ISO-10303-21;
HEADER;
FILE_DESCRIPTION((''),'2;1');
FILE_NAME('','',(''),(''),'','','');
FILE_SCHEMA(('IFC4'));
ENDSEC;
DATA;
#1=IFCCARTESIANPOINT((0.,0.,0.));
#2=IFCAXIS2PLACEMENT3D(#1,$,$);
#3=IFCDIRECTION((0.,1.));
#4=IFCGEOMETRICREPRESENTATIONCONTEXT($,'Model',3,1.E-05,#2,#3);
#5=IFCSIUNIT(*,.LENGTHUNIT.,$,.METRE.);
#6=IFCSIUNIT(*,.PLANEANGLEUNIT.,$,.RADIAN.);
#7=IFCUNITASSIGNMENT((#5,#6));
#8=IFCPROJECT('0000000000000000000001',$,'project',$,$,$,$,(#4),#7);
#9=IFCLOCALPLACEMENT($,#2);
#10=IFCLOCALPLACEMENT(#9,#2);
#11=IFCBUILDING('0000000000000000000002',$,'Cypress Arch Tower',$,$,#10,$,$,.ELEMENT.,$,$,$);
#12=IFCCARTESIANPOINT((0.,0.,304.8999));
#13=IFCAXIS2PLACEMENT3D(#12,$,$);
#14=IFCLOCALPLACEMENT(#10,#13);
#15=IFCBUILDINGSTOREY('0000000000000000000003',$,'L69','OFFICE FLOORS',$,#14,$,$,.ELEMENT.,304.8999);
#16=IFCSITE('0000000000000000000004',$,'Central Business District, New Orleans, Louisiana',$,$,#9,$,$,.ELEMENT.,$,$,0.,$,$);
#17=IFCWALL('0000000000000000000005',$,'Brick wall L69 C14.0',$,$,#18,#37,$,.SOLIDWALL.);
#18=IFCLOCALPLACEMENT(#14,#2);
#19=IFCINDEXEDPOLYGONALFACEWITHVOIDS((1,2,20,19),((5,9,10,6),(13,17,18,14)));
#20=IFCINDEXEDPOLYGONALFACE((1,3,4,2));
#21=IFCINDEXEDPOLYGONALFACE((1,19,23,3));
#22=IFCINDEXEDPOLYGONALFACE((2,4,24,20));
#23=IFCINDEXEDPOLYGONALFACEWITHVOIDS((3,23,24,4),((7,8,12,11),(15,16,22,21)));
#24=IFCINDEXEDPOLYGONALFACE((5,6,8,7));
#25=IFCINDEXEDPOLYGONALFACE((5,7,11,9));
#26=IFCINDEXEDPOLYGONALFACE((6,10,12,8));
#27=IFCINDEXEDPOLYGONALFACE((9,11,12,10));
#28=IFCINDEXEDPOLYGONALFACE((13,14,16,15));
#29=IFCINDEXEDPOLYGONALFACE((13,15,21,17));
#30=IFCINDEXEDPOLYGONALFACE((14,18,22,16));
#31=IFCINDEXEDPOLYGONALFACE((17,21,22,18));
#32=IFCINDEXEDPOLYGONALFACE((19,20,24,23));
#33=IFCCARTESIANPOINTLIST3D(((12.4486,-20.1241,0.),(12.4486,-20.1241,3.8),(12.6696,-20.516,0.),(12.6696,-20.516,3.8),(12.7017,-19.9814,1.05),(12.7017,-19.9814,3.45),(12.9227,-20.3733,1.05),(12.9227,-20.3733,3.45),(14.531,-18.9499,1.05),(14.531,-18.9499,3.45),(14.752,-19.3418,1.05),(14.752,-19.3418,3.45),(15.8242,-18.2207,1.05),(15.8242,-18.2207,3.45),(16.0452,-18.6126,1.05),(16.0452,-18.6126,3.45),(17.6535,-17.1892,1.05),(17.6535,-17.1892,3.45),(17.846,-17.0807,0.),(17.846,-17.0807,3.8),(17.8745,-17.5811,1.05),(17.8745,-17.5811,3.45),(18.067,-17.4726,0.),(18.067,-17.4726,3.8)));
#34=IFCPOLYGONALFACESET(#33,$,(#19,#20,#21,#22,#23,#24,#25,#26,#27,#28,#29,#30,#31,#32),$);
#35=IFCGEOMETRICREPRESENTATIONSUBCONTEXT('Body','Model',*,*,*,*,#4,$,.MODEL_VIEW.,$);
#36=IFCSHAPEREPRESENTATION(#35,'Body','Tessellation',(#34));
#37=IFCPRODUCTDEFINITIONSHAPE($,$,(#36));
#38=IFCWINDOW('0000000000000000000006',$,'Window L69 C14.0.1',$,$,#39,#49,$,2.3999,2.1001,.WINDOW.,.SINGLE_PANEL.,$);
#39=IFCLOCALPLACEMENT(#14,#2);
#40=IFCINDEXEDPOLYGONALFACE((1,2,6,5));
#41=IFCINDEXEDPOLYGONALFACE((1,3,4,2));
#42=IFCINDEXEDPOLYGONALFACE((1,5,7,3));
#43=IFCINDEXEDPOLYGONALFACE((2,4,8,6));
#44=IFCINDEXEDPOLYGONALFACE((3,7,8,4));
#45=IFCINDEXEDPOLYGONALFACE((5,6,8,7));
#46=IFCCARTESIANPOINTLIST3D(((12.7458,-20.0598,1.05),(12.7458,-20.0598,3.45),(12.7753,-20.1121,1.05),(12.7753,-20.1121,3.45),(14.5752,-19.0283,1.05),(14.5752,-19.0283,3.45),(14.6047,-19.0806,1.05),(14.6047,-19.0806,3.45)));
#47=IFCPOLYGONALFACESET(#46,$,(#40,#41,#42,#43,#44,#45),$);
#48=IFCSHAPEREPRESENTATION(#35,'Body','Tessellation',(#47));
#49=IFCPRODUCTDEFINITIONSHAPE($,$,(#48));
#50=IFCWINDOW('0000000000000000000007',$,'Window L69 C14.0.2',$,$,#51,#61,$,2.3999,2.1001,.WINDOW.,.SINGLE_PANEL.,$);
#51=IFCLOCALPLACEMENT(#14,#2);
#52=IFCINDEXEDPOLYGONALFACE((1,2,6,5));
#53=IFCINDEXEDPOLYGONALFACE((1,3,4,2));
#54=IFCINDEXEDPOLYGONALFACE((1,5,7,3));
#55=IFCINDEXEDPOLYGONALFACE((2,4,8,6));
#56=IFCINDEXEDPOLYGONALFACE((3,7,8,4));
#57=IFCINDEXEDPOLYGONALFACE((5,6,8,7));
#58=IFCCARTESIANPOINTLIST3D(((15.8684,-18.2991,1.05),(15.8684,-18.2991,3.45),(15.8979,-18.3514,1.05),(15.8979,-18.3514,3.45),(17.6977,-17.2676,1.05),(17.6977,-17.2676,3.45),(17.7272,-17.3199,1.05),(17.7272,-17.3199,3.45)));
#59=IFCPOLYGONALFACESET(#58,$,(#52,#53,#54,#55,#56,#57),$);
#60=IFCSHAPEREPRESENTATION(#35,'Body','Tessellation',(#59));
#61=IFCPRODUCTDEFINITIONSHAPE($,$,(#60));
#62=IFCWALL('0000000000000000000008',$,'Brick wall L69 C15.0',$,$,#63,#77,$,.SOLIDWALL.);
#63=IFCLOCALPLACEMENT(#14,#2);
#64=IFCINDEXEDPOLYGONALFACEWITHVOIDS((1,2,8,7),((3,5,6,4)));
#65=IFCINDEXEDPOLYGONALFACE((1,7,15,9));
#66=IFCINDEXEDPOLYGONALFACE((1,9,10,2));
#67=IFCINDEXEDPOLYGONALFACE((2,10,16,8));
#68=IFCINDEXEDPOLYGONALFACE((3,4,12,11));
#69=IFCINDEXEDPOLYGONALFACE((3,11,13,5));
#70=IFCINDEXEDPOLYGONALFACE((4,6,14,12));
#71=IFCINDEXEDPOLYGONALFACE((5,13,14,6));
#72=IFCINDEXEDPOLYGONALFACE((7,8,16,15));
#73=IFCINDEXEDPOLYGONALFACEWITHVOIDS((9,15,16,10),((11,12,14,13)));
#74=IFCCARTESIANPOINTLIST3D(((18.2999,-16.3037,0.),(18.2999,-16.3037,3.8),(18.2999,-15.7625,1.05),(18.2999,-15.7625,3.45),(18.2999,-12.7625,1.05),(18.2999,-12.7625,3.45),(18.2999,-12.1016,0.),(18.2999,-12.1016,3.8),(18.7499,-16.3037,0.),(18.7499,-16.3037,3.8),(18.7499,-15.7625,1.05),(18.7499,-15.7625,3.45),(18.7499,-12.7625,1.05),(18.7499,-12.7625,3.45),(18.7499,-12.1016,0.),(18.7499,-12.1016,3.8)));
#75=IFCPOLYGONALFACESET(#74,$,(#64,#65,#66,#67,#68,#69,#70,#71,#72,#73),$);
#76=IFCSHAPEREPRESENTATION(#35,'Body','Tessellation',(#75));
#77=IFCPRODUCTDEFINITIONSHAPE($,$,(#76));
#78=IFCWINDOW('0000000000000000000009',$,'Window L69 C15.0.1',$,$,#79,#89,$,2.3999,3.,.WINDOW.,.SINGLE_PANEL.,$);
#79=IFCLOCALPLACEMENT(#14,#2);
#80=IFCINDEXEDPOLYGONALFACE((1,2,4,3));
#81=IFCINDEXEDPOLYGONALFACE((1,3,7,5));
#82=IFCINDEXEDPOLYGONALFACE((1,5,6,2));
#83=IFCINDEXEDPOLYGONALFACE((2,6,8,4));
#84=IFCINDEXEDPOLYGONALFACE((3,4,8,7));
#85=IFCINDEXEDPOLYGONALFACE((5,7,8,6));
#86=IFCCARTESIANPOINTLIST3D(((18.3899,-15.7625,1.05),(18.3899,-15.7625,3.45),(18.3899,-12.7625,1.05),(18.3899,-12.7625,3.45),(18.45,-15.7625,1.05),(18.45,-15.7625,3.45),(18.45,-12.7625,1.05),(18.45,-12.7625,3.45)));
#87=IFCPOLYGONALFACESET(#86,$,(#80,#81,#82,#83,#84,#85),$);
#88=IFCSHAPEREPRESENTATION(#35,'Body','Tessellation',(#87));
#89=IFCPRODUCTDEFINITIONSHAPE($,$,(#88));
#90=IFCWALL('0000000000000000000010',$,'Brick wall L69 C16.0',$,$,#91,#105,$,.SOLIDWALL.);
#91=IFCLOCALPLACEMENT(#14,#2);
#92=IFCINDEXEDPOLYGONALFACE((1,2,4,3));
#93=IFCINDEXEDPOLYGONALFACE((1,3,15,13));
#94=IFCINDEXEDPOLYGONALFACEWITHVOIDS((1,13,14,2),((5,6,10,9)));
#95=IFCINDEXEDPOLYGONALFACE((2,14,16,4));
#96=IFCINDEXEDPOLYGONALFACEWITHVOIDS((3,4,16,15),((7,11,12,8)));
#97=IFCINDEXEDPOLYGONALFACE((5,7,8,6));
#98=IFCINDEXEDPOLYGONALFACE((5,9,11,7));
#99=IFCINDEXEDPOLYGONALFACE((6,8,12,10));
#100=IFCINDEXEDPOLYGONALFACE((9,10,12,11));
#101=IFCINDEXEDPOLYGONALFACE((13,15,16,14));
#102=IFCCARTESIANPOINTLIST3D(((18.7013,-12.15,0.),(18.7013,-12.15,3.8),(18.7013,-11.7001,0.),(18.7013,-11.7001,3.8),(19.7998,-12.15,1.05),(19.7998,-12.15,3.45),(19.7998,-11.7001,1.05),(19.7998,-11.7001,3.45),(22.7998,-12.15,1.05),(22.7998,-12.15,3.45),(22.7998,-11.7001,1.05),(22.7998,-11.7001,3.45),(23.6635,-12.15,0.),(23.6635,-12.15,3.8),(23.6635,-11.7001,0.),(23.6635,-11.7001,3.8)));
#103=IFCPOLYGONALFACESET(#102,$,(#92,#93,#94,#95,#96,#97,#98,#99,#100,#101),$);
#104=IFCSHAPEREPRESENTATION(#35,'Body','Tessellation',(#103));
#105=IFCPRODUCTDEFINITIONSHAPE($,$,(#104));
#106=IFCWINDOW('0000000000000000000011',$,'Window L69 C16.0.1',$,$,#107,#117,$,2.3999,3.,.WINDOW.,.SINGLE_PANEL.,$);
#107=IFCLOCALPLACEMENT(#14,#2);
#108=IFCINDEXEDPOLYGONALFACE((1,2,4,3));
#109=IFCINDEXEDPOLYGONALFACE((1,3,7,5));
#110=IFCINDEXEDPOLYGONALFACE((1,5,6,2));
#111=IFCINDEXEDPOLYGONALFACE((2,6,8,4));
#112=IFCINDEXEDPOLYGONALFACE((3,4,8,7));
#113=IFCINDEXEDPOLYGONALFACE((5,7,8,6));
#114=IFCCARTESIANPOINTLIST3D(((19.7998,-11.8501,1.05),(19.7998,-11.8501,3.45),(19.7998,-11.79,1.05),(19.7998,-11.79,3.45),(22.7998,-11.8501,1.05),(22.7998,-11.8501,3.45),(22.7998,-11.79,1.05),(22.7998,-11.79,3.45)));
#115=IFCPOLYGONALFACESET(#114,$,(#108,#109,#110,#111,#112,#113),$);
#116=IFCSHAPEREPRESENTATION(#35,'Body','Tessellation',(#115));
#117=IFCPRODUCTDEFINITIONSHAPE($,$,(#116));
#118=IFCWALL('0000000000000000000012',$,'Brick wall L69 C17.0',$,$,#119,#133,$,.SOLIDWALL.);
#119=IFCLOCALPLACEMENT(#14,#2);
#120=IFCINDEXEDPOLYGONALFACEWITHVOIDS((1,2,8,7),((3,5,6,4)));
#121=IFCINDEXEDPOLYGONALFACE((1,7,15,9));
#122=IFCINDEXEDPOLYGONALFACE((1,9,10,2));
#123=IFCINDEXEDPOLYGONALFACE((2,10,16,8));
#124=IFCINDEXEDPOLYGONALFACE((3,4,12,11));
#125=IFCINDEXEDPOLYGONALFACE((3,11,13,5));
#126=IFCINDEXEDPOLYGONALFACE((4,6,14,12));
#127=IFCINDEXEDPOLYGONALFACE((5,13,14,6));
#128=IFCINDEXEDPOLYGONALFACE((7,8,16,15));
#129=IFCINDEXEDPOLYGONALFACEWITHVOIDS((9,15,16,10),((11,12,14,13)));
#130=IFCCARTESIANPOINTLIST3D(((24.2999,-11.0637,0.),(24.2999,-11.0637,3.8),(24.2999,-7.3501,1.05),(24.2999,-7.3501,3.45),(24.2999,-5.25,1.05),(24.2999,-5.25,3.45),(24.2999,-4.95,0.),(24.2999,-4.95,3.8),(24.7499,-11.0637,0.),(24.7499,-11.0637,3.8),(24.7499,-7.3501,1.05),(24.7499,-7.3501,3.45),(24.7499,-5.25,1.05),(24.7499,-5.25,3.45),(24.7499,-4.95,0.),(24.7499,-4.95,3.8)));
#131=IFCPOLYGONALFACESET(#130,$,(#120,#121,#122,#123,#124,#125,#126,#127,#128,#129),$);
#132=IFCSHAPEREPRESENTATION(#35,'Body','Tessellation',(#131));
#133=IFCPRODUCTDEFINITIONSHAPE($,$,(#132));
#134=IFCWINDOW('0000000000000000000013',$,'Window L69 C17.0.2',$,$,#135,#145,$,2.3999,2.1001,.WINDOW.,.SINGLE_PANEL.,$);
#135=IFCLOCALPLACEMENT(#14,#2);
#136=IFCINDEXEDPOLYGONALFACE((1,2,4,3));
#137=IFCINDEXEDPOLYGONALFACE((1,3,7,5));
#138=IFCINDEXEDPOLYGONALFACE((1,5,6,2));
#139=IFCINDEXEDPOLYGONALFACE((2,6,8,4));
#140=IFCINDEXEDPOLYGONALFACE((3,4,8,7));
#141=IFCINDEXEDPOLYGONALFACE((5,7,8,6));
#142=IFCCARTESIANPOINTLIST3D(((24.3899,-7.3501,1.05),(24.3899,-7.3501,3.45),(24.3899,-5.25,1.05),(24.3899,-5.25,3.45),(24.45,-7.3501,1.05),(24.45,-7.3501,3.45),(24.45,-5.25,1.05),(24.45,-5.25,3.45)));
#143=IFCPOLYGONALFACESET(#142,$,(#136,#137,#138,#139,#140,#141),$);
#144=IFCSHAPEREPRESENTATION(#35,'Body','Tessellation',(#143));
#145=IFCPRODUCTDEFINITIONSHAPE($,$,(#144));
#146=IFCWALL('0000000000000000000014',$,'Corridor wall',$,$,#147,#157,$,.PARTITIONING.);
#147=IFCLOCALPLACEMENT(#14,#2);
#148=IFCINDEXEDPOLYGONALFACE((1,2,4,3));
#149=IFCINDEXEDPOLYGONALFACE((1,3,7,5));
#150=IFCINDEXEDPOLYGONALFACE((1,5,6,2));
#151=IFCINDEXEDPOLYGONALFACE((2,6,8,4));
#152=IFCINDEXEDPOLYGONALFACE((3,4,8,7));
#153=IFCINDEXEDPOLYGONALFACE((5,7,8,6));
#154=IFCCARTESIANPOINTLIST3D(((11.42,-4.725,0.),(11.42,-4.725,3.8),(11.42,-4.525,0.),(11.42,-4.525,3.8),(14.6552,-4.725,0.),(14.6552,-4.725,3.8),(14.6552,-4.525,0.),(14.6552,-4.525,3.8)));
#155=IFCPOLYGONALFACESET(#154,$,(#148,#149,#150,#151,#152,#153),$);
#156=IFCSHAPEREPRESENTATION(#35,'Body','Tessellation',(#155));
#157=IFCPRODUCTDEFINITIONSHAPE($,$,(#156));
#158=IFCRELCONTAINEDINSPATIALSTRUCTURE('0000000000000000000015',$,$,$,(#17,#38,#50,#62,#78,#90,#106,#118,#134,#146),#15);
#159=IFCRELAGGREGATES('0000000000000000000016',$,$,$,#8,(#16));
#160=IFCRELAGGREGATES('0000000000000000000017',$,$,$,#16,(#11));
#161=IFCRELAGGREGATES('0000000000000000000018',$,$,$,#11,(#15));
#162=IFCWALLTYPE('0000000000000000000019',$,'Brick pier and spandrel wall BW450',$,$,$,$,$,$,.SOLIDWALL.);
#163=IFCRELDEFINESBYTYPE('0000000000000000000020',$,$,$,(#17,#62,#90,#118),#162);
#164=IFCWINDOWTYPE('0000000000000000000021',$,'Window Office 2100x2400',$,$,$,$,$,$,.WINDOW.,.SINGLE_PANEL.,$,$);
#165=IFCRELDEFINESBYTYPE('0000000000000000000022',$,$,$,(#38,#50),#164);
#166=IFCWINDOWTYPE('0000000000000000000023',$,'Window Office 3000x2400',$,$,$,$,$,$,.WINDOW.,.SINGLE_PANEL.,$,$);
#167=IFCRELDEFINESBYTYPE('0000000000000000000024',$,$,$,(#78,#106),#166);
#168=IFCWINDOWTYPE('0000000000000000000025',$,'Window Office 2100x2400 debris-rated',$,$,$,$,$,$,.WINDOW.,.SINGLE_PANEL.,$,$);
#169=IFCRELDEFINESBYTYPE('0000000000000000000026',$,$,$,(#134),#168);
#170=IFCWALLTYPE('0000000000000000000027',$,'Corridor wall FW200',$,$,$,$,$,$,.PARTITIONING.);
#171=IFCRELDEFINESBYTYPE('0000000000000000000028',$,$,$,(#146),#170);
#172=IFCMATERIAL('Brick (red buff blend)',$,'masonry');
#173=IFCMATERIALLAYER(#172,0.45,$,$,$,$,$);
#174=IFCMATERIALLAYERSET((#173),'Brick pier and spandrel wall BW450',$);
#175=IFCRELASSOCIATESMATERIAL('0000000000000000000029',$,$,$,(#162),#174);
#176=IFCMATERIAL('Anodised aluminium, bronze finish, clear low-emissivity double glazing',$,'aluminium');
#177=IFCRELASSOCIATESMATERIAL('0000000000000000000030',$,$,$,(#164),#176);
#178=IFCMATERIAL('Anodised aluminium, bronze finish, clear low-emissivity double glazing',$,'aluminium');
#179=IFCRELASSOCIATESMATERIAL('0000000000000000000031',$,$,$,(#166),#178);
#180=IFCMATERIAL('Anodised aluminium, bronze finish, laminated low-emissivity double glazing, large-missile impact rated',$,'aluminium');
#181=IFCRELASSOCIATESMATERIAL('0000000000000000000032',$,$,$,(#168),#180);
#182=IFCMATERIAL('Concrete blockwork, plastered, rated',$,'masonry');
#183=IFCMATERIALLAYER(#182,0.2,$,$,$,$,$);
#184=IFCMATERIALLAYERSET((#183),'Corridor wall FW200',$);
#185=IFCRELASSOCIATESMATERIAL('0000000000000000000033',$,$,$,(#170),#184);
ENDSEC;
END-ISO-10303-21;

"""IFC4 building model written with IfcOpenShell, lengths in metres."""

from ifc_helpers import new_model, si_unit, direction, frame, frame_2d, origin, place, context, subcontext, project, spatial, rectangle, extrude, material, layer, layer_set, type_object, element, fill, save


model = new_model("IFC4")

# Units and contexts
model_context = context("Model", 3, precision=1e-05, world=origin(), true_north=direction((0.0, 1.0)))
body_context = subcontext(model_context, "Body", "Model", "MODEL_VIEW")
ifc_project = project(units=[si_unit("LENGTHUNIT", "METRE"), si_unit("PLANEANGLEUNIT", "RADIAN")], contexts=[model_context])

# Site, building, storey
site_placement = place(None, origin())
site = spatial("IfcSite", under=ifc_project, at=site_placement, Name="Central Business District, New Orleans, Louisiana", CompositionType="ELEMENT", RefElevation=0.0)
building_placement = place(site_placement, origin())
building = spatial("IfcBuilding", under=site, at=building_placement, Name="Cypress Arch Tower", CompositionType="ELEMENT")
storey_placement = place(building_placement, frame((0.0, 0.0, 304.8999)))
storey = spatial("IfcBuildingStorey", under=building, at=storey_placement, Name="L69", Description="OFFICE FLOORS", CompositionType="ELEMENT", Elevation=304.8999)

# Wall, openings, windows
ifc_material_1 = material(Name="Brick (red buff blend)", Category="masonry")
ifc_layer_1 = layer(ifc_material_1, 0.45)
ifc_layer_set_1 = layer_set([ifc_layer_1], Name="Brick pier and spandrel wall BW450")
wall_type_1 = type_object("IfcWallType", Name="Brick pier and spandrel wall BW450", PredefinedType="SOLIDWALL", material=ifc_layer_set_1)
wall_1_placement = place(storey_placement, frame((12.5591, -20.3201, 0.0), z_axis=(0.0, 0.0, 1.0), x_axis=(0.871066, 0.491166, 0.0)))
wall_1 = element("IfcWall", 1, at=wall_1_placement, inside=storey, type_object=wall_type_1, Name="Brick wall L69 C14.0", PredefinedType="SOLIDWALL", context=body_context, shape_type="SweptSolid", body=[
    extrude(rectangle(XDim=6.1963, YDim=0.45, at=frame_2d((3.0981, 0.0))), origin(), (0.0, 0.0, 1.0), 3.8),
])
opening_1_placement = place(wall_1_placement, frame((0.2905, 0.0, 1.05)))
opening_1 = element("IfcOpeningElement", 2, at=opening_1_placement, cuts=wall_1, PredefinedType="OPENING", context=body_context, shape_type="SweptSolid", body=[
    extrude(rectangle(XDim=2.1001, YDim=2.3999, at=frame_2d((1.05, 1.2))), frame((0.0, 0.2349, 0.0), z_axis=(0.0, -1.0, 0.0), x_axis=(1.0, 0.0, 0.0)), (0.0, 0.0, 1.0), 0.47),
])
opening_2_placement = place(wall_1_placement, frame((3.8752, 0.0, 1.05)))
opening_2 = element("IfcOpeningElement", 3, at=opening_2_placement, cuts=wall_1, PredefinedType="OPENING", context=body_context, shape_type="SweptSolid", body=[
    extrude(rectangle(XDim=2.1001, YDim=2.3999, at=frame_2d((1.05, 1.2))), frame((0.0, 0.2349, 0.0), z_axis=(0.0, -1.0, 0.0), x_axis=(1.0, 0.0, 0.0)), (0.0, 0.0, 1.0), 0.47),
])
ifc_material_2 = material(Name="Anodised aluminium, bronze finish, clear low-emissivity double glazing", Category="aluminium")
window_type_1 = type_object("IfcWindowType", Name="Window Office 2100x2400", PartitioningType="SINGLE_PANEL", PredefinedType="WINDOW", material=ifc_material_2)
window_1_placement = place(opening_1_placement, origin())
window_1 = element("IfcWindow", 4, at=window_1_placement, inside=storey, type_object=window_type_1, Name="Window L69 C14.0.1", OverallHeight=2.3999, OverallWidth=2.1001, PartitioningType="SINGLE_PANEL", PredefinedType="WINDOW", context=body_context, shape_type="SweptSolid", body=[
    extrude(rectangle(XDim=2.1001, YDim=2.3999, at=frame_2d((1.05, 1.2))), frame((0.0, 0.135, 0.0), z_axis=(0.0, -1.0, 0.0), x_axis=(1.0, 0.0, 0.0)), (0.0, 0.0, 1.0), 0.0601),
])
fill(opening_1, window_1)
window_2_placement = place(opening_2_placement, origin())
window_2 = element("IfcWindow", 5, at=window_2_placement, inside=storey, type_object=window_type_1, Name="Window L69 C14.0.2", OverallHeight=2.3999, OverallWidth=2.1001, PartitioningType="SINGLE_PANEL", PredefinedType="WINDOW", context=body_context, shape_type="SweptSolid", body=[
    extrude(rectangle(XDim=2.1001, YDim=2.3999, at=frame_2d((1.05, 1.2))), frame((0.0, 0.135, 0.0), z_axis=(0.0, -1.0, 0.0), x_axis=(1.0, 0.0, 0.0)), (0.0, 0.0, 1.0), 0.0601),
])
fill(opening_2, window_2)

# Walls, openings, windows
wall_2_placement = place(storey_placement, frame((18.5249, -16.3037, 0.0), z_axis=(0.0, 0.0, 1.0), x_axis=(0.0, 1.0, 0.0)))
wall_2 = element("IfcWall", 6, at=wall_2_placement, inside=storey, type_object=wall_type_1, Name="Brick wall L69 C15.0", PredefinedType="SOLIDWALL", context=body_context, shape_type="SweptSolid", body=[
    extrude(rectangle(XDim=4.2021, YDim=0.45, at=frame_2d((2.1011, 0.0))), origin(), (0.0, 0.0, 1.0), 3.8),
])
opening_3_placement = place(wall_2_placement, frame((0.5413, 0.0, 1.05)))
opening_3 = element("IfcOpeningElement", 7, at=opening_3_placement, cuts=wall_2, PredefinedType="OPENING", context=body_context, shape_type="SweptSolid", body=[
    extrude(rectangle(XDim=3.0, YDim=2.3999, at=frame_2d((1.5, 1.2))), frame((0.0, 0.2349, 0.0), z_axis=(0.0, -1.0, 0.0), x_axis=(1.0, 0.0, 0.0)), (0.0, 0.0, 1.0), 0.47),
])
ifc_material_3 = material(Name="Anodised aluminium, bronze finish, clear low-emissivity double glazing", Category="aluminium")
window_type_2 = type_object("IfcWindowType", Name="Window Office 3000x2400", PartitioningType="SINGLE_PANEL", PredefinedType="WINDOW", material=ifc_material_3)
window_3_placement = place(opening_3_placement, origin())
window_3 = element("IfcWindow", 8, at=window_3_placement, inside=storey, type_object=window_type_2, Name="Window L69 C15.0.1", OverallHeight=2.3999, OverallWidth=3.0, PartitioningType="SINGLE_PANEL", PredefinedType="WINDOW", context=body_context, shape_type="SweptSolid", body=[
    extrude(rectangle(XDim=3.0, YDim=2.3999, at=frame_2d((1.5, 1.2))), frame((0.0, 0.135, 0.0), z_axis=(0.0, -1.0, 0.0), x_axis=(1.0, 0.0, 0.0)), (0.0, 0.0, 1.0), 0.0601),
])
fill(opening_3, window_3)
wall_3_placement = place(storey_placement, frame((18.7014, -11.925, 0.0), z_axis=(0.0, 0.0, 1.0), x_axis=(1.0, 0.0, 0.0)))
wall_3 = element("IfcWall", 9, at=wall_3_placement, inside=storey, type_object=wall_type_1, Name="Brick wall L69 C16.0", PredefinedType="SOLIDWALL", context=body_context, shape_type="SweptSolid", body=[
    extrude(rectangle(XDim=4.9622, YDim=0.45, at=frame_2d((2.481, 0.0))), origin(), (0.0, 0.0, 1.0), 3.8),
])
opening_4_placement = place(wall_3_placement, frame((1.0984, 0.0, 1.05)))
opening_4 = element("IfcOpeningElement", 10, at=opening_4_placement, cuts=wall_3, PredefinedType="OPENING", context=body_context, shape_type="SweptSolid", body=[
    extrude(rectangle(XDim=3.0, YDim=2.3999, at=frame_2d((1.5, 1.2))), frame((0.0, 0.2349, 0.0), z_axis=(0.0, -1.0, 0.0), x_axis=(1.0, 0.0, 0.0)), (0.0, 0.0, 1.0), 0.47),
])
window_4_placement = place(opening_4_placement, origin())
window_4 = element("IfcWindow", 11, at=window_4_placement, inside=storey, type_object=window_type_2, Name="Window L69 C16.0.1", OverallHeight=2.3999, OverallWidth=3.0, PartitioningType="SINGLE_PANEL", PredefinedType="WINDOW", context=body_context, shape_type="SweptSolid", body=[
    extrude(rectangle(XDim=3.0, YDim=2.3999, at=frame_2d((1.5, 1.2))), frame((0.0, 0.135, 0.0), z_axis=(0.0, -1.0, 0.0), x_axis=(1.0, 0.0, 0.0)), (0.0, 0.0, 1.0), 0.0601),
])
fill(opening_4, window_4)
wall_4_placement = place(storey_placement, frame((24.5249, -11.0637, 0.0), z_axis=(0.0, 0.0, 1.0), x_axis=(0.0, 1.0, 0.0)))
wall_4 = element("IfcWall", 12, at=wall_4_placement, inside=storey, type_object=wall_type_1, Name="Brick wall L69 C17.0", PredefinedType="SOLIDWALL", context=body_context, shape_type="SweptSolid", body=[
    extrude(rectangle(XDim=6.1138, YDim=0.45, at=frame_2d((3.0569, 0.0))), origin(), (0.0, 0.0, 1.0), 3.8),
])
opening_5_placement = place(wall_4_placement, frame((3.7136, 0.0, 1.05)))
opening_5 = element("IfcOpeningElement", 13, at=opening_5_placement, cuts=wall_4, PredefinedType="OPENING", context=body_context, shape_type="SweptSolid", body=[
    extrude(rectangle(XDim=2.1001, YDim=2.3999, at=frame_2d((1.05, 1.2))), frame((0.0, 0.2349, 0.0), z_axis=(0.0, -1.0, 0.0), x_axis=(1.0, 0.0, 0.0)), (0.0, 0.0, 1.0), 0.47),
])
ifc_material_4 = material(Name="Anodised aluminium, bronze finish, laminated low-emissivity double glazing, large-missile impact rated", Category="aluminium")
window_type_3 = type_object("IfcWindowType", Name="Window Office 2100x2400 debris-rated", PartitioningType="SINGLE_PANEL", PredefinedType="WINDOW", material=ifc_material_4)
window_5_placement = place(opening_5_placement, origin())
window_5 = element("IfcWindow", 14, at=window_5_placement, inside=storey, type_object=window_type_3, Name="Window L69 C17.0.2", OverallHeight=2.3999, OverallWidth=2.1001, PartitioningType="SINGLE_PANEL", PredefinedType="WINDOW", context=body_context, shape_type="SweptSolid", body=[
    extrude(rectangle(XDim=2.1001, YDim=2.3999, at=frame_2d((1.05, 1.2))), frame((0.0, 0.135, 0.0), z_axis=(0.0, -1.0, 0.0), x_axis=(1.0, 0.0, 0.0)), (0.0, 0.0, 1.0), 0.0601),
])
fill(opening_5, window_5)

# Wall
ifc_material_5 = material(Name="Concrete blockwork, plastered, rated", Category="masonry")
ifc_layer_2 = layer(ifc_material_5, 0.2)
ifc_layer_set_2 = layer_set([ifc_layer_2], Name="Corridor wall FW200")
wall_type_2 = type_object("IfcWallType", Name="Corridor wall FW200", PredefinedType="PARTITIONING", material=ifc_layer_set_2)
wall_5_placement = place(storey_placement, frame((11.4199, -4.625, 0.0), z_axis=(0.0, 0.0, 1.0), x_axis=(1.0, 0.0, 0.0)))
element("IfcWall", 15, at=wall_5_placement, inside=storey, type_object=wall_type_2, Name="Corridor wall", PredefinedType="PARTITIONING", context=body_context, shape_type="SweptSolid", body=[
    extrude(rectangle(XDim=3.2351, YDim=0.2, at=frame_2d((1.6177, 0.0))), origin(), (0.0, 0.0, 1.0), 3.8),
])

save(model, "model.ifc")
